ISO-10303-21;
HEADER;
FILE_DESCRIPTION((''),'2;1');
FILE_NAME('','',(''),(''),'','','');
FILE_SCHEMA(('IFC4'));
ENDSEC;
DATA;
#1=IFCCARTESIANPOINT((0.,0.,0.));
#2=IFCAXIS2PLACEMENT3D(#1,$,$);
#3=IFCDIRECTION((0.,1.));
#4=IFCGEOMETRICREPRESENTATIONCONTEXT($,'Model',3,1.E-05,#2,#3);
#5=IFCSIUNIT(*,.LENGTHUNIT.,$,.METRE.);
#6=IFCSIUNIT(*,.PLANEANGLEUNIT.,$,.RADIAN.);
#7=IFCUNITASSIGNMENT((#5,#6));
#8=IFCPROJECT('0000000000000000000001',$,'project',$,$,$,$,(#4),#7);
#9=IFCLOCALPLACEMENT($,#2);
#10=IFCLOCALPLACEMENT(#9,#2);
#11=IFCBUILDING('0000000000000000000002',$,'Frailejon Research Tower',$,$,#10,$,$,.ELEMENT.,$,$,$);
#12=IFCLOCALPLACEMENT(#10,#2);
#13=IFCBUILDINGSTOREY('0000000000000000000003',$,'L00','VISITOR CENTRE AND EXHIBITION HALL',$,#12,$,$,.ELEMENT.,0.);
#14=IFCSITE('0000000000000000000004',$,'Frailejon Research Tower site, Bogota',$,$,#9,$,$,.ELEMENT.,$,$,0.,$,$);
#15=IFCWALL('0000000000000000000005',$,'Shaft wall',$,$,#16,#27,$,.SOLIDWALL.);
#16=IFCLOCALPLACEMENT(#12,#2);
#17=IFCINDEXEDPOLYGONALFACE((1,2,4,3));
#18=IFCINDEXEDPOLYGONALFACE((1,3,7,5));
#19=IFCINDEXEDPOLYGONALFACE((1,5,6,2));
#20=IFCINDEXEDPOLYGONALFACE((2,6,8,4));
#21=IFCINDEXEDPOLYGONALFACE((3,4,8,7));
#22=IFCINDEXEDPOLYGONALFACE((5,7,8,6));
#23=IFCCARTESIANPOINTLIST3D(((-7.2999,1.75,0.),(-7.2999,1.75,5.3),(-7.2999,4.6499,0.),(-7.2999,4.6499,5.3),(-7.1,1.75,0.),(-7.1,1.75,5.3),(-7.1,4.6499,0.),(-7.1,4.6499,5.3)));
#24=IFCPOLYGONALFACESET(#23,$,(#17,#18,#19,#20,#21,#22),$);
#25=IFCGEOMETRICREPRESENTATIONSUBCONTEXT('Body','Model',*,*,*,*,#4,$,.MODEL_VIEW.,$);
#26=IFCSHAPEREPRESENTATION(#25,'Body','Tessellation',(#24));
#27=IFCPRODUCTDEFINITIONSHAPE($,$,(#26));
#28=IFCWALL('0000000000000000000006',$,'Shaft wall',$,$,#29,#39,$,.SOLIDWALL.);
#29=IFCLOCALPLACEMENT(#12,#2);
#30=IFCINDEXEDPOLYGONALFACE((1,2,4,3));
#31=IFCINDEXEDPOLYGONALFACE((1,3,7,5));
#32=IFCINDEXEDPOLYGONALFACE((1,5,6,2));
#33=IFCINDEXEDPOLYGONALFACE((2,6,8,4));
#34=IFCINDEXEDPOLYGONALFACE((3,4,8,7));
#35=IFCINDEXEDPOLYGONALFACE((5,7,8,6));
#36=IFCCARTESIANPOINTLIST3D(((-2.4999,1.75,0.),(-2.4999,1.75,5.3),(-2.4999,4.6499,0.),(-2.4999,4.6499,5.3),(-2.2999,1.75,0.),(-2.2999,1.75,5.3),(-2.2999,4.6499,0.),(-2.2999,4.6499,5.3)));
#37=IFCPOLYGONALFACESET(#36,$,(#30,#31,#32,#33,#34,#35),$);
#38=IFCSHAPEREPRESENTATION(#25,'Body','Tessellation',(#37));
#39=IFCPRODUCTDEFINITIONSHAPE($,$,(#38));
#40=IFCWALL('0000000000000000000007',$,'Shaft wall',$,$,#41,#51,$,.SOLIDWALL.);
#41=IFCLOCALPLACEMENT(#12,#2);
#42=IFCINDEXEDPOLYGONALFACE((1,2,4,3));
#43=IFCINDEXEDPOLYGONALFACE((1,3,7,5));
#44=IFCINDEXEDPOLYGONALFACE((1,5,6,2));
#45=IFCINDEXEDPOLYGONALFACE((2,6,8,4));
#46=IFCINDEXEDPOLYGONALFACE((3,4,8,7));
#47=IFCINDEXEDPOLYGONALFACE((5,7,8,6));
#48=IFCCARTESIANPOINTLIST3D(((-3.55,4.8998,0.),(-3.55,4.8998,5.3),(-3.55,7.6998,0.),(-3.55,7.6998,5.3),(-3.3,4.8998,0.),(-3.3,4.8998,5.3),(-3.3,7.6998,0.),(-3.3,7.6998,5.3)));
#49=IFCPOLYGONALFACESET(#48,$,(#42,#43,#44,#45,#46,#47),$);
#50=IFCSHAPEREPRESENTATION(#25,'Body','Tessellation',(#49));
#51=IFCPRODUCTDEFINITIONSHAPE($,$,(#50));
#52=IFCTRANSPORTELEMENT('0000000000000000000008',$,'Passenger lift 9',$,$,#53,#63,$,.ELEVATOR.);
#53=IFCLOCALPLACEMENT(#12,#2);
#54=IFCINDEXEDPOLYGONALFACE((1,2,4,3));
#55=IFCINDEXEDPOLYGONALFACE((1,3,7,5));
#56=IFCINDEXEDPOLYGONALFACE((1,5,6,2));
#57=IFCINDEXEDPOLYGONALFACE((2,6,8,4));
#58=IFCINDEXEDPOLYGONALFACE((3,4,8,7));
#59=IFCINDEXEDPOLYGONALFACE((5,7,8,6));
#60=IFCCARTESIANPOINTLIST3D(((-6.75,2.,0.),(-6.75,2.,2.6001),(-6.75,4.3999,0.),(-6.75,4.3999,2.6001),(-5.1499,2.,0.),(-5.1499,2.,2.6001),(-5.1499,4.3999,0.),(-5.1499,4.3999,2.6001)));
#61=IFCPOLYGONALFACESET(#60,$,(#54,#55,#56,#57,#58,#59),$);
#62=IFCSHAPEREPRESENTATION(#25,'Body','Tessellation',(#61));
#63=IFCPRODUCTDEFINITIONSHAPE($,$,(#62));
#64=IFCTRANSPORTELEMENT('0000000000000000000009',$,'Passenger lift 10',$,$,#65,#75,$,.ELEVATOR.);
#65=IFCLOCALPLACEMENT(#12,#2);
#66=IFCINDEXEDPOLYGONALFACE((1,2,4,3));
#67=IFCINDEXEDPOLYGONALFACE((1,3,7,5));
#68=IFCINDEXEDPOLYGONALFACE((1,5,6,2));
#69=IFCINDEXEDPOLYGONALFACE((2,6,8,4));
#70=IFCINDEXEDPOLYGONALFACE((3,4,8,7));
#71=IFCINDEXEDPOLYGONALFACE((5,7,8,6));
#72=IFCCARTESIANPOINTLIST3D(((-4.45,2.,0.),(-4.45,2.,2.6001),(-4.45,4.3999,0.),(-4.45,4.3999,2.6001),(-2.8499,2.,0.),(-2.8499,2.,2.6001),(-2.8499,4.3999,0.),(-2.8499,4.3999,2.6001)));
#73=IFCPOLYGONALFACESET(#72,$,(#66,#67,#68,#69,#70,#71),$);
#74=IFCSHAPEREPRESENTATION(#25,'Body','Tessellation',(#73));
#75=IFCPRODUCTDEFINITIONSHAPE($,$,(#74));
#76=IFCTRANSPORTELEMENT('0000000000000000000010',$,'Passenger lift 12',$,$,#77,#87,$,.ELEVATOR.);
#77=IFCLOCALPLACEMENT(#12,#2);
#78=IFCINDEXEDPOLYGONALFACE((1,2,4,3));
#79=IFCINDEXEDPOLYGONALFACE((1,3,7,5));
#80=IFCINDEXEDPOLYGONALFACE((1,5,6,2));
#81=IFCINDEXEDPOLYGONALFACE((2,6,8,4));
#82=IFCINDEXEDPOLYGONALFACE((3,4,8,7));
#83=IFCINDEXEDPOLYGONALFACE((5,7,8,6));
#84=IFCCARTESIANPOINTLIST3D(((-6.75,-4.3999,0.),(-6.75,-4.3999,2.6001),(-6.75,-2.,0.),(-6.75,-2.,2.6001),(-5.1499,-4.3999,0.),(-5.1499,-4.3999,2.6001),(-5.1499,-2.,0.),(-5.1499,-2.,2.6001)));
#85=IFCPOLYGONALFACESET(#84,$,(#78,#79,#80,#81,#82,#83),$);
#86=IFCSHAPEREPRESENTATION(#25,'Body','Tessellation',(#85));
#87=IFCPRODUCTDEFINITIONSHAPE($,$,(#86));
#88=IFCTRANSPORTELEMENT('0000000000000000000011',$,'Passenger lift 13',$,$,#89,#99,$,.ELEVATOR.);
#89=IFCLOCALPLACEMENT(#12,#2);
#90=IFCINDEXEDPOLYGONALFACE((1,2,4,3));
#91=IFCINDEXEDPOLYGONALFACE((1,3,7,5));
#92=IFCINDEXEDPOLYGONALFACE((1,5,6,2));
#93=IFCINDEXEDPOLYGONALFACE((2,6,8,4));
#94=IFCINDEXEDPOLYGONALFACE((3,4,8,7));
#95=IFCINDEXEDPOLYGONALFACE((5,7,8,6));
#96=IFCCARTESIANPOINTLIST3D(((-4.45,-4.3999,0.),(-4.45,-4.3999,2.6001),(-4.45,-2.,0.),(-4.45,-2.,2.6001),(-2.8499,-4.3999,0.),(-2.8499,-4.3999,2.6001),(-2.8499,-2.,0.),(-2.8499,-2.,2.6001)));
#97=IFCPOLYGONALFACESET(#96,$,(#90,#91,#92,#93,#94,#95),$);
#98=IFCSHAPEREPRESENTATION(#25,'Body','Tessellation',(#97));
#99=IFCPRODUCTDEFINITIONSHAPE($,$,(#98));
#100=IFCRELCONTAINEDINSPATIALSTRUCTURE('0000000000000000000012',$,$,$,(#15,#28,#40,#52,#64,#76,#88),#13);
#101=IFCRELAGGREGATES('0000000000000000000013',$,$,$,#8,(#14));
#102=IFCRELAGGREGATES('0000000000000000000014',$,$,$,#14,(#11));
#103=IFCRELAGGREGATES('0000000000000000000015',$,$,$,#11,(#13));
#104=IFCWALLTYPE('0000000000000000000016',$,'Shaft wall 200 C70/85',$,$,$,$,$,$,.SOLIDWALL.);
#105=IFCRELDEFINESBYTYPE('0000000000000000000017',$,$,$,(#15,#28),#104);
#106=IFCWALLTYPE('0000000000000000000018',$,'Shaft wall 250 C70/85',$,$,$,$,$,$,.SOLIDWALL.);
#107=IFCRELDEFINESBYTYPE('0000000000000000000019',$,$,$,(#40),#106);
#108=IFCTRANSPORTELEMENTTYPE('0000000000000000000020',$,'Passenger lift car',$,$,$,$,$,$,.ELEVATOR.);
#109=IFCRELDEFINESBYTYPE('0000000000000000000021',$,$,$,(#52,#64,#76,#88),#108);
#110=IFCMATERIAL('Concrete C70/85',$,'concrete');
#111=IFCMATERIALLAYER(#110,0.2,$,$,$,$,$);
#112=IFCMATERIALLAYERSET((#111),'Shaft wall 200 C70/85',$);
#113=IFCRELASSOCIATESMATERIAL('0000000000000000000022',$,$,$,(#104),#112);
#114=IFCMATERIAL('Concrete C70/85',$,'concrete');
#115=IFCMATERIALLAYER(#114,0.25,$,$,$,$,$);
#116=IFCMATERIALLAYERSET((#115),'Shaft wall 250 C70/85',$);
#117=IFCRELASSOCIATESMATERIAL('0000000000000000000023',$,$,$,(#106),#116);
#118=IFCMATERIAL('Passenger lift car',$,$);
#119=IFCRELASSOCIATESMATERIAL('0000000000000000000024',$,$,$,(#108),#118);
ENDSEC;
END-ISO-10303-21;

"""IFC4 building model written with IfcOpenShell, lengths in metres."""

from ifc_helpers import new_model, si_unit, direction, frame, frame_2d, origin, origin_2d, place, context, subcontext, project, spatial, rectangle, extrude, material, layer, layer_set, type_object, element, save


model = new_model("IFC4")

# Units and contexts
model_context = context("Model", 3, precision=1e-05, world=origin(), true_north=direction((0.0, 1.0)))
body_context = subcontext(model_context, "Body", "Model", "MODEL_VIEW")
ifc_project = project(units=[si_unit("LENGTHUNIT", "METRE"), si_unit("PLANEANGLEUNIT", "RADIAN")], contexts=[model_context])

# Site, building, storey
site_placement = place(None, origin())
site = spatial("IfcSite", under=ifc_project, at=site_placement, Name="Frailejon Research Tower site, Bogota", CompositionType="ELEMENT", RefElevation=0.0)
building_placement = place(site_placement, origin())
building = spatial("IfcBuilding", under=site, at=building_placement, Name="Frailejon Research Tower", CompositionType="ELEMENT")
storey_placement = place(building_placement, origin())
storey = spatial("IfcBuildingStorey", under=building, at=storey_placement, Name="L00", Description="VISITOR CENTRE AND EXHIBITION HALL", CompositionType="ELEMENT", Elevation=0.0)

# Walls
ifc_material_1 = material(Name="Concrete C70/85", Category="concrete")
ifc_layer_1 = layer(ifc_material_1, 0.2)
ifc_layer_set_1 = layer_set([ifc_layer_1], Name="Shaft wall 200 C70/85")
wall_type_1 = type_object("IfcWallType", Name="Shaft wall 200 C70/85", PredefinedType="SOLIDWALL", material=ifc_layer_set_1)
for number, where, z_axis, x_axis, name in (
    (1, (-7.2, 1.75, 0.0), (0.0, 0.0, 1.0), (0.0, 1.0, 0.0), "Shaft wall"),
    (2, (-2.3999, 1.75, 0.0), (0.0, 0.0, 1.0), (0.0, 1.0, 0.0), "Shaft wall"),
):
    element("IfcWall", number, at=place(storey_placement, frame(where, z_axis=z_axis, x_axis=x_axis)), inside=storey, type_object=wall_type_1, Name=name, PredefinedType="SOLIDWALL", context=body_context, shape_type="SweptSolid", body=[
        extrude(rectangle(XDim=2.8999, YDim=0.2, at=frame_2d((1.45, 0.0))), origin(), (0.0, 0.0, 1.0), 5.3),
    ])
ifc_material_2 = material(Name="Concrete C70/85", Category="concrete")
ifc_layer_2 = layer(ifc_material_2, 0.25)
ifc_layer_set_2 = layer_set([ifc_layer_2], Name="Shaft wall 250 C70/85")
wall_type_2 = type_object("IfcWallType", Name="Shaft wall 250 C70/85", PredefinedType="SOLIDWALL", material=ifc_layer_set_2)
wall_placement = place(storey_placement, frame((-3.425, 4.8999, 0.0), z_axis=(0.0, 0.0, 1.0), x_axis=(0.0, 1.0, 0.0)))
element("IfcWall", 3, at=wall_placement, inside=storey, type_object=wall_type_2, Name="Shaft wall", PredefinedType="SOLIDWALL", context=body_context, shape_type="SweptSolid", body=[
    extrude(rectangle(XDim=2.8, YDim=0.25, at=frame_2d((1.3999, 0.0))), origin(), (0.0, 0.0, 1.0), 5.3),
])

# Transport elements
ifc_material_3 = material(Name="Passenger lift car")
transport_element_type = type_object("IfcTransportElementType", Name="Passenger lift car", PredefinedType="ELEVATOR", material=ifc_material_3)
for number, where, z_axis, x_axis, name in (
    (4, (-5.95, 3.2, 0.0), (0.0, 0.0, 1.0), (1.0, 0.0, 0.0), "Passenger lift 9"),
    (5, (-3.6499, 3.2, 0.0), (0.0, 0.0, 1.0), (1.0, 0.0, 0.0), "Passenger lift 10"),
    (6, (-5.95, -3.2, 0.0), (0.0, 0.0, 1.0), (1.0, 0.0, 0.0), "Passenger lift 12"),
    (7, (-3.6499, -3.2, 0.0), (0.0, 0.0, 1.0), (1.0, 0.0, 0.0), "Passenger lift 13"),
):
    element("IfcTransportElement", number, at=place(storey_placement, frame(where, z_axis=z_axis, x_axis=x_axis)), inside=storey, type_object=transport_element_type, Name=name, PredefinedType="ELEVATOR", context=body_context, shape_type="SweptSolid", body=[
        extrude(rectangle(XDim=1.6001, YDim=2.3999, at=origin_2d()), origin(), (0.0, 0.0, 1.0), 2.6001),
    ])

save(model, "model.ifc")
